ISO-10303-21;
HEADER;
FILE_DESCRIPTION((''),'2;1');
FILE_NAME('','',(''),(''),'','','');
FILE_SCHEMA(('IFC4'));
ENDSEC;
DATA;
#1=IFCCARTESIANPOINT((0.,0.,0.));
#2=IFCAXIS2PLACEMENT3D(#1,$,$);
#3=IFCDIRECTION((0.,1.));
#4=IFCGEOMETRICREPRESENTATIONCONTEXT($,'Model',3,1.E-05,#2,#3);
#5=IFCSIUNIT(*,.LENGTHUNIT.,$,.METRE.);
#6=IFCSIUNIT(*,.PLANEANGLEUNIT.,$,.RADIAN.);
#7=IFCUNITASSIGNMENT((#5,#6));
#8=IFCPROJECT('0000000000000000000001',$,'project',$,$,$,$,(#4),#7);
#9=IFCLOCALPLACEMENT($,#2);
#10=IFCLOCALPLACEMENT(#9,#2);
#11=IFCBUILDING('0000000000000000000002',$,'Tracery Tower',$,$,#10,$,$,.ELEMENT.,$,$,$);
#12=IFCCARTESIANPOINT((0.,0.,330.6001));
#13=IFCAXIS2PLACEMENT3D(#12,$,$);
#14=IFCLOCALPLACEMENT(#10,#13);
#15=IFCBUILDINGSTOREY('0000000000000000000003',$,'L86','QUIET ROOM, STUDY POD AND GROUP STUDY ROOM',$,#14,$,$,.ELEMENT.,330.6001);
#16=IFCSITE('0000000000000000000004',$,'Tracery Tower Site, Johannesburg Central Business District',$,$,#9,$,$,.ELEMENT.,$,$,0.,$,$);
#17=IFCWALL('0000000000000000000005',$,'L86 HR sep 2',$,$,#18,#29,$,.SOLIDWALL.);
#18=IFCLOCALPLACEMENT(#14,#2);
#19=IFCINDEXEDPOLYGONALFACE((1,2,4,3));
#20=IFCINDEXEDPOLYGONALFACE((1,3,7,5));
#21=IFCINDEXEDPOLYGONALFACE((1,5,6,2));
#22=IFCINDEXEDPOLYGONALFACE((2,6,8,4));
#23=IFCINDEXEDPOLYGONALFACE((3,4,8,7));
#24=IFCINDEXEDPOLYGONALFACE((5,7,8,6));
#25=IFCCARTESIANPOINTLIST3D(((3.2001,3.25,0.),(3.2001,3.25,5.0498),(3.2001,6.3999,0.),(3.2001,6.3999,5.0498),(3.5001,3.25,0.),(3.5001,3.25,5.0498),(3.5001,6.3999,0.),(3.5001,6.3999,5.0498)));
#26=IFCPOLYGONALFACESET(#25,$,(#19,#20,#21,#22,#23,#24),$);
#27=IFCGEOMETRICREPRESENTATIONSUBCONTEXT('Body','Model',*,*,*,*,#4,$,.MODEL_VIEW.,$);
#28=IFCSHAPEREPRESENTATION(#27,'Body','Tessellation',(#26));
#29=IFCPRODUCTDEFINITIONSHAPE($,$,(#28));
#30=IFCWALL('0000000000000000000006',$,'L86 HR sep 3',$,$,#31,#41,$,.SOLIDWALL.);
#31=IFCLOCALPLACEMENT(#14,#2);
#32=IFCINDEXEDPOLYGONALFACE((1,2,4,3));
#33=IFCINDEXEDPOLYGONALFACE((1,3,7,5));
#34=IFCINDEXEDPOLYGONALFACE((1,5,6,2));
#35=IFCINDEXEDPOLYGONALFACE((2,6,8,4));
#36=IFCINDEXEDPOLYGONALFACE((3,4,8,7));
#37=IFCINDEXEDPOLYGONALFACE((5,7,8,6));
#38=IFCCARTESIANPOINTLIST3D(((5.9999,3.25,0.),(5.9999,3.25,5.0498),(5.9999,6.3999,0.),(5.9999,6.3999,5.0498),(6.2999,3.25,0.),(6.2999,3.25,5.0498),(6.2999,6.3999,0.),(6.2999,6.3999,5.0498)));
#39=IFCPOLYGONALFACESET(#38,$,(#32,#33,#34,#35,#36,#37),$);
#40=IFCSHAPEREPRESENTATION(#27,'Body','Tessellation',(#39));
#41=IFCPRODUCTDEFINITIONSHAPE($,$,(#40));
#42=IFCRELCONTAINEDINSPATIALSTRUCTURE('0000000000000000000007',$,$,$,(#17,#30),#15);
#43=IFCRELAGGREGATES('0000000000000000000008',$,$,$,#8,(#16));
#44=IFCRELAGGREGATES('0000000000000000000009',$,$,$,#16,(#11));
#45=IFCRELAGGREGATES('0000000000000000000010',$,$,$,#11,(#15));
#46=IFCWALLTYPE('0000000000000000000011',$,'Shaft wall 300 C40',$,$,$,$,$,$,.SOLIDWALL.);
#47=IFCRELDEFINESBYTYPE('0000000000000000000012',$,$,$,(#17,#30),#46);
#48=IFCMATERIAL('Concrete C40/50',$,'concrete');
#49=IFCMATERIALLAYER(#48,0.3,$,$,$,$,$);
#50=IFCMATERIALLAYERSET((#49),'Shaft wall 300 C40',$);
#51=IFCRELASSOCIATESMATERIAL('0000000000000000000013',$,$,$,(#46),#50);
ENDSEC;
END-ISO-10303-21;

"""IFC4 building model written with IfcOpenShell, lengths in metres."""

from ifc_helpers import new_model, si_unit, direction, frame, frame_2d, origin, place, context, subcontext, project, spatial, rectangle, extrude, material, layer, layer_set, type_object, element, save


model = new_model("IFC4")

# Units and contexts
model_context = context("Model", 3, precision=1e-05, world=origin(), true_north=direction((0.0, 1.0)))
body_context = subcontext(model_context, "Body", "Model", "MODEL_VIEW")
ifc_project = project(units=[si_unit("LENGTHUNIT", "METRE"), si_unit("PLANEANGLEUNIT", "RADIAN")], contexts=[model_context])

# Site, building, storey
site_placement = place(None, origin())
site = spatial("IfcSite", under=ifc_project, at=site_placement, Name="Tracery Tower Site, Johannesburg Central Business District", CompositionType="ELEMENT", RefElevation=0.0)
building_placement = place(site_placement, origin())
building = spatial("IfcBuilding", under=site, at=building_placement, Name="Tracery Tower", CompositionType="ELEMENT")
storey_placement = place(building_placement, frame((0.0, 0.0, 330.6001)))
storey = spatial("IfcBuildingStorey", under=building, at=storey_placement, Name="L86", Description="QUIET ROOM, STUDY POD AND GROUP STUDY ROOM", CompositionType="ELEMENT", Elevation=330.6001)

# Walls
ifc_material_1 = material(Name="Concrete C40/50", Category="concrete")
ifc_layer_1 = layer(ifc_material_1, 0.3)
ifc_layer_set_1 = layer_set([ifc_layer_1], Name="Shaft wall 300 C40")
wall_type_1 = type_object("IfcWallType", Name="Shaft wall 300 C40", PredefinedType="SOLIDWALL", material=ifc_layer_set_1)
for number, where, z_axis, x_axis, name in (
    (1, (3.3501, 3.25, 0.0), (0.0, 0.0, 1.0), (0.0, 1.0, 0.0), "L86 HR sep 2"),
    (2, (6.1499, 3.25, 0.0), (0.0, 0.0, 1.0), (0.0, 1.0, 0.0), "L86 HR sep 3"),
):
    element("IfcWall", number, at=place(storey_placement, frame(where, z_axis=z_axis, x_axis=x_axis)), inside=storey, type_object=wall_type_1, Name=name, PredefinedType="SOLIDWALL", context=body_context, shape_type="SweptSolid", body=[
        extrude(rectangle(XDim=3.1499, YDim=0.3, at=frame_2d((1.575, 0.0))), origin(), (0.0, 0.0, 1.0), 5.0498),
    ])

save(model, "model.ifc")
